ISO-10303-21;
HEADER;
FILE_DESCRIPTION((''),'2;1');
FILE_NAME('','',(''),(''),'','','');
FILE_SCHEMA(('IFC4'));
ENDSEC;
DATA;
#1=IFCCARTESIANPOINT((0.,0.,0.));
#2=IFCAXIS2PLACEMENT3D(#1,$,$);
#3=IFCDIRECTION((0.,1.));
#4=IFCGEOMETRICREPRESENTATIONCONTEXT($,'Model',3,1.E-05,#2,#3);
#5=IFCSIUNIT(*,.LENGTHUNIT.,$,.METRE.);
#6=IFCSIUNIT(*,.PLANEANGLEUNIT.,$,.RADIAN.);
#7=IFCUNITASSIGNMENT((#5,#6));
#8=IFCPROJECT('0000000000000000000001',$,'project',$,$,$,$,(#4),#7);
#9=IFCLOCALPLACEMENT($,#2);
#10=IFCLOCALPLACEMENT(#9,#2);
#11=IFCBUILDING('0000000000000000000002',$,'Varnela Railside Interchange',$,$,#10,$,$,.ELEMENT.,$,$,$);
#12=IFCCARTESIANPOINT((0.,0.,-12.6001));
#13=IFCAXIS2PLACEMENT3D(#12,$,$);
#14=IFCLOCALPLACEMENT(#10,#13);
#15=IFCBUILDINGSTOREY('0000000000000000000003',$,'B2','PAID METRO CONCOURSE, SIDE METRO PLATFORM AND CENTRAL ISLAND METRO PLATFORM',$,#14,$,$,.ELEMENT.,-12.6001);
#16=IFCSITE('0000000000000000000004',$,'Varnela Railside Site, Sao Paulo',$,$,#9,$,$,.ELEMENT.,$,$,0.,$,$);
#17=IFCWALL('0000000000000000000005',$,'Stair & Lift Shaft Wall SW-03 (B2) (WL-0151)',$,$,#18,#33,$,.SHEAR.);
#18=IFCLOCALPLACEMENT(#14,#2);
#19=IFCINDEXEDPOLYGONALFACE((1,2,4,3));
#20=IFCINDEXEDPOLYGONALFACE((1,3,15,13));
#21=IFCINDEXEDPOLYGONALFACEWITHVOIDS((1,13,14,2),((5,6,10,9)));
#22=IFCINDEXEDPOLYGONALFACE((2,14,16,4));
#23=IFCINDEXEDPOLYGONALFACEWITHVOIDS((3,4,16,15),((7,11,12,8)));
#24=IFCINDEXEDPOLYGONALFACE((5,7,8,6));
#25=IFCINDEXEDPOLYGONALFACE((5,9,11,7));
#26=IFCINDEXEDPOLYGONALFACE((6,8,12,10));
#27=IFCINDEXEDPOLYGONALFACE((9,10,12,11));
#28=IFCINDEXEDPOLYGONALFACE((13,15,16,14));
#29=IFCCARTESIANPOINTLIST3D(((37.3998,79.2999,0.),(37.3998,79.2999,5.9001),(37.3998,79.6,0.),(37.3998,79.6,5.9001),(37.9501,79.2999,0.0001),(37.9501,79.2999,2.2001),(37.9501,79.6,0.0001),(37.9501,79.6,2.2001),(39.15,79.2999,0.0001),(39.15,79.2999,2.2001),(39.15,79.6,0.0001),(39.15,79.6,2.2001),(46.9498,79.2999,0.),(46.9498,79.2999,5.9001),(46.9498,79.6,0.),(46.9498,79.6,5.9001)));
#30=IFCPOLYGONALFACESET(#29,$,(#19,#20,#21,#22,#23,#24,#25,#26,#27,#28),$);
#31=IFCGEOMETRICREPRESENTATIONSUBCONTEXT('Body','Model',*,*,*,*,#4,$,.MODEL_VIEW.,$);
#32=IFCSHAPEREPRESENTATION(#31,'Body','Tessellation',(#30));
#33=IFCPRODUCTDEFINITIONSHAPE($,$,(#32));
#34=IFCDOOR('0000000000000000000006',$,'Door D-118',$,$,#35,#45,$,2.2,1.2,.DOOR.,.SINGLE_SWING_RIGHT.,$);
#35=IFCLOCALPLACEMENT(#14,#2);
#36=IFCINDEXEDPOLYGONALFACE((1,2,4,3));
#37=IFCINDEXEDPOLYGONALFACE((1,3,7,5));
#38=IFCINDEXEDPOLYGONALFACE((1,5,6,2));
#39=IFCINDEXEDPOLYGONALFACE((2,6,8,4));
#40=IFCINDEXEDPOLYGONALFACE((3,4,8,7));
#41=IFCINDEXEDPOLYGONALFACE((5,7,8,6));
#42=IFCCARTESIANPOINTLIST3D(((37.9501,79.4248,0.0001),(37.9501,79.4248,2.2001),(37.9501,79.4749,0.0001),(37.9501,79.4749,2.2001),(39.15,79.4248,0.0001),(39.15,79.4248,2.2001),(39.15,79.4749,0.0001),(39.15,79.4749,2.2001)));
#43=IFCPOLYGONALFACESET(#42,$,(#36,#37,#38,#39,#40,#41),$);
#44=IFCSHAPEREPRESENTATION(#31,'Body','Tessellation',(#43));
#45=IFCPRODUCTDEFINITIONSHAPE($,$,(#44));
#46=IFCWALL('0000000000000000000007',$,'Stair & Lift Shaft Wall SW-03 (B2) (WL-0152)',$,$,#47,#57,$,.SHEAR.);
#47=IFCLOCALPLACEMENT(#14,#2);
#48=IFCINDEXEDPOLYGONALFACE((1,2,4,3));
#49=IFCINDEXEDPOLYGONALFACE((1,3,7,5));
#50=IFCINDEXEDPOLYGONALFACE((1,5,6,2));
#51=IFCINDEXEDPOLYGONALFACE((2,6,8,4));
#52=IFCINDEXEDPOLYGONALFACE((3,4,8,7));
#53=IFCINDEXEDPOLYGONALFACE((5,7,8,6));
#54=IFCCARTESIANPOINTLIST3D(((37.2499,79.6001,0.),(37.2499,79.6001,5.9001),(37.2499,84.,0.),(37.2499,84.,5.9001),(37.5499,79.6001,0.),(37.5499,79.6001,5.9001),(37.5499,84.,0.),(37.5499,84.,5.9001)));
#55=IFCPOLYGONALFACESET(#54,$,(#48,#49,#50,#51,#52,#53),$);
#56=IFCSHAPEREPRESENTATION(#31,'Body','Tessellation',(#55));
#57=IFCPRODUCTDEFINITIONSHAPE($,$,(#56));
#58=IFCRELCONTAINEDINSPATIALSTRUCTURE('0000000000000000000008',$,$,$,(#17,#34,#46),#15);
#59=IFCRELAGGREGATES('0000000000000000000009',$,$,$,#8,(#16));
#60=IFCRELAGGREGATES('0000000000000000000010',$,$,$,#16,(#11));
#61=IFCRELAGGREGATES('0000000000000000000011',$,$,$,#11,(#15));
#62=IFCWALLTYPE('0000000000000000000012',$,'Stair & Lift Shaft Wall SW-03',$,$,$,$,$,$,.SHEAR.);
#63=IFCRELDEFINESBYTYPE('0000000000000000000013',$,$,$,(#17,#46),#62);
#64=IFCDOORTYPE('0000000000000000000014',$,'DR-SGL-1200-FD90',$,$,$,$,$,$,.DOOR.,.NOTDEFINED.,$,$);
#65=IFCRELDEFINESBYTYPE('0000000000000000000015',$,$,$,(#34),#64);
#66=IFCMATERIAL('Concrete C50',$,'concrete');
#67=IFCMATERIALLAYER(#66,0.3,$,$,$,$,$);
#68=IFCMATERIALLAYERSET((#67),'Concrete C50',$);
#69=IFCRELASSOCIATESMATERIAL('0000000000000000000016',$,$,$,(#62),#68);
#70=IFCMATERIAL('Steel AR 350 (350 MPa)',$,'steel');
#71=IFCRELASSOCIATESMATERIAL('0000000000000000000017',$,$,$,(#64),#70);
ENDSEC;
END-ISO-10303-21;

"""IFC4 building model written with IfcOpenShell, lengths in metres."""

from ifc_helpers import new_model, si_unit, direction, frame, frame_2d, origin, place, context, subcontext, project, spatial, rectangle, extrude, material, layer, layer_set, type_object, element, fill, save


model = new_model("IFC4")

# Units and contexts
model_context = context("Model", 3, precision=1e-05, world=origin(), true_north=direction((0.0, 1.0)))
body_context = subcontext(model_context, "Body", "Model", "MODEL_VIEW")
ifc_project = project(units=[si_unit("LENGTHUNIT", "METRE"), si_unit("PLANEANGLEUNIT", "RADIAN")], contexts=[model_context])

# Site, building, storey
site_placement = place(None, origin())
site = spatial("IfcSite", under=ifc_project, at=site_placement, Name="Varnela Railside Site, Sao Paulo", CompositionType="ELEMENT", RefElevation=0.0)
building_placement = place(site_placement, origin())
building = spatial("IfcBuilding", under=site, at=building_placement, Name="Varnela Railside Interchange", CompositionType="ELEMENT")
storey_placement = place(building_placement, frame((0.0, 0.0, -12.6001)))
storey = spatial("IfcBuildingStorey", under=building, at=storey_placement, Name="B2", Description="PAID METRO CONCOURSE, SIDE METRO PLATFORM AND CENTRAL ISLAND METRO PLATFORM", CompositionType="ELEMENT", Elevation=-12.6001)

# Shared definitions
ifc_material_1 = material(Name="Concrete C50", Category="concrete")

# Wall, opening, door
ifc_layer = layer(ifc_material_1, 0.3)
ifc_layer_set = layer_set([ifc_layer], Name="Concrete C50")
wall_type = type_object("IfcWallType", Name="Stair & Lift Shaft Wall SW-03", PredefinedType="SHEAR", material=ifc_layer_set)
wall_1_placement = place(storey_placement, frame((37.3999, 79.45, 0.0), z_axis=(0.0, 0.0, 1.0), x_axis=(1.0, 0.0, 0.0)))
wall_1 = element("IfcWall", 1, at=wall_1_placement, inside=storey, type_object=wall_type, Name="Stair & Lift Shaft Wall SW-03 (B2) (WL-0151)", PredefinedType="SHEAR", context=body_context, shape_type="SweptSolid", body=[
    extrude(rectangle(XDim=9.55, YDim=0.3, at=frame_2d((4.7749, 0.0))), origin(), (0.0, 0.0, 1.0), 5.9001),
])
opening_placement = place(wall_1_placement, frame((0.55, 0.0, 0.0)))
opening = element("IfcOpeningElement", 2, at=opening_placement, cuts=wall_1, PredefinedType="OPENING", context=body_context, shape_type="SweptSolid", body=[
    extrude(rectangle(XDim=1.2, YDim=2.2, at=frame_2d((0.6001, 1.1001))), frame((0.0, 0.1599, 0.0), z_axis=(0.0, -1.0, 0.0), x_axis=(1.0, 0.0, 0.0)), (0.0, 0.0, 1.0), 0.3201),
])
ifc_material_2 = material(Name="Steel AR 350 (350 MPa)", Category="steel")
door_type = type_object("IfcDoorType", Name="DR-SGL-1200-FD90", OperationType="NOTDEFINED", PredefinedType="DOOR", material=ifc_material_2)
door_placement = place(opening_placement, origin())
door = element("IfcDoor", 3, at=door_placement, inside=storey, type_object=door_type, Name="Door D-118", OperationType="SINGLE_SWING_RIGHT", OverallHeight=2.2, OverallWidth=1.2, PredefinedType="DOOR", context=body_context, shape_type="SweptSolid", body=[
    extrude(rectangle(XDim=1.2, YDim=2.2, at=frame_2d((0.6001, 1.1001))), frame((0.0, 0.0249, 0.0), z_axis=(0.0, -1.0, 0.0), x_axis=(1.0, 0.0, 0.0)), (0.0, 0.0, 1.0), 0.05),
])
fill(opening, door)

# Wall
wall_2_placement = place(storey_placement, frame((37.3999, 79.6001, 0.0), z_axis=(0.0, 0.0, 1.0), x_axis=(0.0, 1.0, 0.0)))
element("IfcWall", 4, at=wall_2_placement, inside=storey, type_object=wall_type, Name="Stair & Lift Shaft Wall SW-03 (B2) (WL-0152)", PredefinedType="SHEAR", context=body_context, shape_type="SweptSolid", body=[
    extrude(rectangle(XDim=4.3999, YDim=0.3, at=frame_2d((2.2, 0.0))), origin(), (0.0, 0.0, 1.0), 5.9001),
])

save(model, "model.ifc")
